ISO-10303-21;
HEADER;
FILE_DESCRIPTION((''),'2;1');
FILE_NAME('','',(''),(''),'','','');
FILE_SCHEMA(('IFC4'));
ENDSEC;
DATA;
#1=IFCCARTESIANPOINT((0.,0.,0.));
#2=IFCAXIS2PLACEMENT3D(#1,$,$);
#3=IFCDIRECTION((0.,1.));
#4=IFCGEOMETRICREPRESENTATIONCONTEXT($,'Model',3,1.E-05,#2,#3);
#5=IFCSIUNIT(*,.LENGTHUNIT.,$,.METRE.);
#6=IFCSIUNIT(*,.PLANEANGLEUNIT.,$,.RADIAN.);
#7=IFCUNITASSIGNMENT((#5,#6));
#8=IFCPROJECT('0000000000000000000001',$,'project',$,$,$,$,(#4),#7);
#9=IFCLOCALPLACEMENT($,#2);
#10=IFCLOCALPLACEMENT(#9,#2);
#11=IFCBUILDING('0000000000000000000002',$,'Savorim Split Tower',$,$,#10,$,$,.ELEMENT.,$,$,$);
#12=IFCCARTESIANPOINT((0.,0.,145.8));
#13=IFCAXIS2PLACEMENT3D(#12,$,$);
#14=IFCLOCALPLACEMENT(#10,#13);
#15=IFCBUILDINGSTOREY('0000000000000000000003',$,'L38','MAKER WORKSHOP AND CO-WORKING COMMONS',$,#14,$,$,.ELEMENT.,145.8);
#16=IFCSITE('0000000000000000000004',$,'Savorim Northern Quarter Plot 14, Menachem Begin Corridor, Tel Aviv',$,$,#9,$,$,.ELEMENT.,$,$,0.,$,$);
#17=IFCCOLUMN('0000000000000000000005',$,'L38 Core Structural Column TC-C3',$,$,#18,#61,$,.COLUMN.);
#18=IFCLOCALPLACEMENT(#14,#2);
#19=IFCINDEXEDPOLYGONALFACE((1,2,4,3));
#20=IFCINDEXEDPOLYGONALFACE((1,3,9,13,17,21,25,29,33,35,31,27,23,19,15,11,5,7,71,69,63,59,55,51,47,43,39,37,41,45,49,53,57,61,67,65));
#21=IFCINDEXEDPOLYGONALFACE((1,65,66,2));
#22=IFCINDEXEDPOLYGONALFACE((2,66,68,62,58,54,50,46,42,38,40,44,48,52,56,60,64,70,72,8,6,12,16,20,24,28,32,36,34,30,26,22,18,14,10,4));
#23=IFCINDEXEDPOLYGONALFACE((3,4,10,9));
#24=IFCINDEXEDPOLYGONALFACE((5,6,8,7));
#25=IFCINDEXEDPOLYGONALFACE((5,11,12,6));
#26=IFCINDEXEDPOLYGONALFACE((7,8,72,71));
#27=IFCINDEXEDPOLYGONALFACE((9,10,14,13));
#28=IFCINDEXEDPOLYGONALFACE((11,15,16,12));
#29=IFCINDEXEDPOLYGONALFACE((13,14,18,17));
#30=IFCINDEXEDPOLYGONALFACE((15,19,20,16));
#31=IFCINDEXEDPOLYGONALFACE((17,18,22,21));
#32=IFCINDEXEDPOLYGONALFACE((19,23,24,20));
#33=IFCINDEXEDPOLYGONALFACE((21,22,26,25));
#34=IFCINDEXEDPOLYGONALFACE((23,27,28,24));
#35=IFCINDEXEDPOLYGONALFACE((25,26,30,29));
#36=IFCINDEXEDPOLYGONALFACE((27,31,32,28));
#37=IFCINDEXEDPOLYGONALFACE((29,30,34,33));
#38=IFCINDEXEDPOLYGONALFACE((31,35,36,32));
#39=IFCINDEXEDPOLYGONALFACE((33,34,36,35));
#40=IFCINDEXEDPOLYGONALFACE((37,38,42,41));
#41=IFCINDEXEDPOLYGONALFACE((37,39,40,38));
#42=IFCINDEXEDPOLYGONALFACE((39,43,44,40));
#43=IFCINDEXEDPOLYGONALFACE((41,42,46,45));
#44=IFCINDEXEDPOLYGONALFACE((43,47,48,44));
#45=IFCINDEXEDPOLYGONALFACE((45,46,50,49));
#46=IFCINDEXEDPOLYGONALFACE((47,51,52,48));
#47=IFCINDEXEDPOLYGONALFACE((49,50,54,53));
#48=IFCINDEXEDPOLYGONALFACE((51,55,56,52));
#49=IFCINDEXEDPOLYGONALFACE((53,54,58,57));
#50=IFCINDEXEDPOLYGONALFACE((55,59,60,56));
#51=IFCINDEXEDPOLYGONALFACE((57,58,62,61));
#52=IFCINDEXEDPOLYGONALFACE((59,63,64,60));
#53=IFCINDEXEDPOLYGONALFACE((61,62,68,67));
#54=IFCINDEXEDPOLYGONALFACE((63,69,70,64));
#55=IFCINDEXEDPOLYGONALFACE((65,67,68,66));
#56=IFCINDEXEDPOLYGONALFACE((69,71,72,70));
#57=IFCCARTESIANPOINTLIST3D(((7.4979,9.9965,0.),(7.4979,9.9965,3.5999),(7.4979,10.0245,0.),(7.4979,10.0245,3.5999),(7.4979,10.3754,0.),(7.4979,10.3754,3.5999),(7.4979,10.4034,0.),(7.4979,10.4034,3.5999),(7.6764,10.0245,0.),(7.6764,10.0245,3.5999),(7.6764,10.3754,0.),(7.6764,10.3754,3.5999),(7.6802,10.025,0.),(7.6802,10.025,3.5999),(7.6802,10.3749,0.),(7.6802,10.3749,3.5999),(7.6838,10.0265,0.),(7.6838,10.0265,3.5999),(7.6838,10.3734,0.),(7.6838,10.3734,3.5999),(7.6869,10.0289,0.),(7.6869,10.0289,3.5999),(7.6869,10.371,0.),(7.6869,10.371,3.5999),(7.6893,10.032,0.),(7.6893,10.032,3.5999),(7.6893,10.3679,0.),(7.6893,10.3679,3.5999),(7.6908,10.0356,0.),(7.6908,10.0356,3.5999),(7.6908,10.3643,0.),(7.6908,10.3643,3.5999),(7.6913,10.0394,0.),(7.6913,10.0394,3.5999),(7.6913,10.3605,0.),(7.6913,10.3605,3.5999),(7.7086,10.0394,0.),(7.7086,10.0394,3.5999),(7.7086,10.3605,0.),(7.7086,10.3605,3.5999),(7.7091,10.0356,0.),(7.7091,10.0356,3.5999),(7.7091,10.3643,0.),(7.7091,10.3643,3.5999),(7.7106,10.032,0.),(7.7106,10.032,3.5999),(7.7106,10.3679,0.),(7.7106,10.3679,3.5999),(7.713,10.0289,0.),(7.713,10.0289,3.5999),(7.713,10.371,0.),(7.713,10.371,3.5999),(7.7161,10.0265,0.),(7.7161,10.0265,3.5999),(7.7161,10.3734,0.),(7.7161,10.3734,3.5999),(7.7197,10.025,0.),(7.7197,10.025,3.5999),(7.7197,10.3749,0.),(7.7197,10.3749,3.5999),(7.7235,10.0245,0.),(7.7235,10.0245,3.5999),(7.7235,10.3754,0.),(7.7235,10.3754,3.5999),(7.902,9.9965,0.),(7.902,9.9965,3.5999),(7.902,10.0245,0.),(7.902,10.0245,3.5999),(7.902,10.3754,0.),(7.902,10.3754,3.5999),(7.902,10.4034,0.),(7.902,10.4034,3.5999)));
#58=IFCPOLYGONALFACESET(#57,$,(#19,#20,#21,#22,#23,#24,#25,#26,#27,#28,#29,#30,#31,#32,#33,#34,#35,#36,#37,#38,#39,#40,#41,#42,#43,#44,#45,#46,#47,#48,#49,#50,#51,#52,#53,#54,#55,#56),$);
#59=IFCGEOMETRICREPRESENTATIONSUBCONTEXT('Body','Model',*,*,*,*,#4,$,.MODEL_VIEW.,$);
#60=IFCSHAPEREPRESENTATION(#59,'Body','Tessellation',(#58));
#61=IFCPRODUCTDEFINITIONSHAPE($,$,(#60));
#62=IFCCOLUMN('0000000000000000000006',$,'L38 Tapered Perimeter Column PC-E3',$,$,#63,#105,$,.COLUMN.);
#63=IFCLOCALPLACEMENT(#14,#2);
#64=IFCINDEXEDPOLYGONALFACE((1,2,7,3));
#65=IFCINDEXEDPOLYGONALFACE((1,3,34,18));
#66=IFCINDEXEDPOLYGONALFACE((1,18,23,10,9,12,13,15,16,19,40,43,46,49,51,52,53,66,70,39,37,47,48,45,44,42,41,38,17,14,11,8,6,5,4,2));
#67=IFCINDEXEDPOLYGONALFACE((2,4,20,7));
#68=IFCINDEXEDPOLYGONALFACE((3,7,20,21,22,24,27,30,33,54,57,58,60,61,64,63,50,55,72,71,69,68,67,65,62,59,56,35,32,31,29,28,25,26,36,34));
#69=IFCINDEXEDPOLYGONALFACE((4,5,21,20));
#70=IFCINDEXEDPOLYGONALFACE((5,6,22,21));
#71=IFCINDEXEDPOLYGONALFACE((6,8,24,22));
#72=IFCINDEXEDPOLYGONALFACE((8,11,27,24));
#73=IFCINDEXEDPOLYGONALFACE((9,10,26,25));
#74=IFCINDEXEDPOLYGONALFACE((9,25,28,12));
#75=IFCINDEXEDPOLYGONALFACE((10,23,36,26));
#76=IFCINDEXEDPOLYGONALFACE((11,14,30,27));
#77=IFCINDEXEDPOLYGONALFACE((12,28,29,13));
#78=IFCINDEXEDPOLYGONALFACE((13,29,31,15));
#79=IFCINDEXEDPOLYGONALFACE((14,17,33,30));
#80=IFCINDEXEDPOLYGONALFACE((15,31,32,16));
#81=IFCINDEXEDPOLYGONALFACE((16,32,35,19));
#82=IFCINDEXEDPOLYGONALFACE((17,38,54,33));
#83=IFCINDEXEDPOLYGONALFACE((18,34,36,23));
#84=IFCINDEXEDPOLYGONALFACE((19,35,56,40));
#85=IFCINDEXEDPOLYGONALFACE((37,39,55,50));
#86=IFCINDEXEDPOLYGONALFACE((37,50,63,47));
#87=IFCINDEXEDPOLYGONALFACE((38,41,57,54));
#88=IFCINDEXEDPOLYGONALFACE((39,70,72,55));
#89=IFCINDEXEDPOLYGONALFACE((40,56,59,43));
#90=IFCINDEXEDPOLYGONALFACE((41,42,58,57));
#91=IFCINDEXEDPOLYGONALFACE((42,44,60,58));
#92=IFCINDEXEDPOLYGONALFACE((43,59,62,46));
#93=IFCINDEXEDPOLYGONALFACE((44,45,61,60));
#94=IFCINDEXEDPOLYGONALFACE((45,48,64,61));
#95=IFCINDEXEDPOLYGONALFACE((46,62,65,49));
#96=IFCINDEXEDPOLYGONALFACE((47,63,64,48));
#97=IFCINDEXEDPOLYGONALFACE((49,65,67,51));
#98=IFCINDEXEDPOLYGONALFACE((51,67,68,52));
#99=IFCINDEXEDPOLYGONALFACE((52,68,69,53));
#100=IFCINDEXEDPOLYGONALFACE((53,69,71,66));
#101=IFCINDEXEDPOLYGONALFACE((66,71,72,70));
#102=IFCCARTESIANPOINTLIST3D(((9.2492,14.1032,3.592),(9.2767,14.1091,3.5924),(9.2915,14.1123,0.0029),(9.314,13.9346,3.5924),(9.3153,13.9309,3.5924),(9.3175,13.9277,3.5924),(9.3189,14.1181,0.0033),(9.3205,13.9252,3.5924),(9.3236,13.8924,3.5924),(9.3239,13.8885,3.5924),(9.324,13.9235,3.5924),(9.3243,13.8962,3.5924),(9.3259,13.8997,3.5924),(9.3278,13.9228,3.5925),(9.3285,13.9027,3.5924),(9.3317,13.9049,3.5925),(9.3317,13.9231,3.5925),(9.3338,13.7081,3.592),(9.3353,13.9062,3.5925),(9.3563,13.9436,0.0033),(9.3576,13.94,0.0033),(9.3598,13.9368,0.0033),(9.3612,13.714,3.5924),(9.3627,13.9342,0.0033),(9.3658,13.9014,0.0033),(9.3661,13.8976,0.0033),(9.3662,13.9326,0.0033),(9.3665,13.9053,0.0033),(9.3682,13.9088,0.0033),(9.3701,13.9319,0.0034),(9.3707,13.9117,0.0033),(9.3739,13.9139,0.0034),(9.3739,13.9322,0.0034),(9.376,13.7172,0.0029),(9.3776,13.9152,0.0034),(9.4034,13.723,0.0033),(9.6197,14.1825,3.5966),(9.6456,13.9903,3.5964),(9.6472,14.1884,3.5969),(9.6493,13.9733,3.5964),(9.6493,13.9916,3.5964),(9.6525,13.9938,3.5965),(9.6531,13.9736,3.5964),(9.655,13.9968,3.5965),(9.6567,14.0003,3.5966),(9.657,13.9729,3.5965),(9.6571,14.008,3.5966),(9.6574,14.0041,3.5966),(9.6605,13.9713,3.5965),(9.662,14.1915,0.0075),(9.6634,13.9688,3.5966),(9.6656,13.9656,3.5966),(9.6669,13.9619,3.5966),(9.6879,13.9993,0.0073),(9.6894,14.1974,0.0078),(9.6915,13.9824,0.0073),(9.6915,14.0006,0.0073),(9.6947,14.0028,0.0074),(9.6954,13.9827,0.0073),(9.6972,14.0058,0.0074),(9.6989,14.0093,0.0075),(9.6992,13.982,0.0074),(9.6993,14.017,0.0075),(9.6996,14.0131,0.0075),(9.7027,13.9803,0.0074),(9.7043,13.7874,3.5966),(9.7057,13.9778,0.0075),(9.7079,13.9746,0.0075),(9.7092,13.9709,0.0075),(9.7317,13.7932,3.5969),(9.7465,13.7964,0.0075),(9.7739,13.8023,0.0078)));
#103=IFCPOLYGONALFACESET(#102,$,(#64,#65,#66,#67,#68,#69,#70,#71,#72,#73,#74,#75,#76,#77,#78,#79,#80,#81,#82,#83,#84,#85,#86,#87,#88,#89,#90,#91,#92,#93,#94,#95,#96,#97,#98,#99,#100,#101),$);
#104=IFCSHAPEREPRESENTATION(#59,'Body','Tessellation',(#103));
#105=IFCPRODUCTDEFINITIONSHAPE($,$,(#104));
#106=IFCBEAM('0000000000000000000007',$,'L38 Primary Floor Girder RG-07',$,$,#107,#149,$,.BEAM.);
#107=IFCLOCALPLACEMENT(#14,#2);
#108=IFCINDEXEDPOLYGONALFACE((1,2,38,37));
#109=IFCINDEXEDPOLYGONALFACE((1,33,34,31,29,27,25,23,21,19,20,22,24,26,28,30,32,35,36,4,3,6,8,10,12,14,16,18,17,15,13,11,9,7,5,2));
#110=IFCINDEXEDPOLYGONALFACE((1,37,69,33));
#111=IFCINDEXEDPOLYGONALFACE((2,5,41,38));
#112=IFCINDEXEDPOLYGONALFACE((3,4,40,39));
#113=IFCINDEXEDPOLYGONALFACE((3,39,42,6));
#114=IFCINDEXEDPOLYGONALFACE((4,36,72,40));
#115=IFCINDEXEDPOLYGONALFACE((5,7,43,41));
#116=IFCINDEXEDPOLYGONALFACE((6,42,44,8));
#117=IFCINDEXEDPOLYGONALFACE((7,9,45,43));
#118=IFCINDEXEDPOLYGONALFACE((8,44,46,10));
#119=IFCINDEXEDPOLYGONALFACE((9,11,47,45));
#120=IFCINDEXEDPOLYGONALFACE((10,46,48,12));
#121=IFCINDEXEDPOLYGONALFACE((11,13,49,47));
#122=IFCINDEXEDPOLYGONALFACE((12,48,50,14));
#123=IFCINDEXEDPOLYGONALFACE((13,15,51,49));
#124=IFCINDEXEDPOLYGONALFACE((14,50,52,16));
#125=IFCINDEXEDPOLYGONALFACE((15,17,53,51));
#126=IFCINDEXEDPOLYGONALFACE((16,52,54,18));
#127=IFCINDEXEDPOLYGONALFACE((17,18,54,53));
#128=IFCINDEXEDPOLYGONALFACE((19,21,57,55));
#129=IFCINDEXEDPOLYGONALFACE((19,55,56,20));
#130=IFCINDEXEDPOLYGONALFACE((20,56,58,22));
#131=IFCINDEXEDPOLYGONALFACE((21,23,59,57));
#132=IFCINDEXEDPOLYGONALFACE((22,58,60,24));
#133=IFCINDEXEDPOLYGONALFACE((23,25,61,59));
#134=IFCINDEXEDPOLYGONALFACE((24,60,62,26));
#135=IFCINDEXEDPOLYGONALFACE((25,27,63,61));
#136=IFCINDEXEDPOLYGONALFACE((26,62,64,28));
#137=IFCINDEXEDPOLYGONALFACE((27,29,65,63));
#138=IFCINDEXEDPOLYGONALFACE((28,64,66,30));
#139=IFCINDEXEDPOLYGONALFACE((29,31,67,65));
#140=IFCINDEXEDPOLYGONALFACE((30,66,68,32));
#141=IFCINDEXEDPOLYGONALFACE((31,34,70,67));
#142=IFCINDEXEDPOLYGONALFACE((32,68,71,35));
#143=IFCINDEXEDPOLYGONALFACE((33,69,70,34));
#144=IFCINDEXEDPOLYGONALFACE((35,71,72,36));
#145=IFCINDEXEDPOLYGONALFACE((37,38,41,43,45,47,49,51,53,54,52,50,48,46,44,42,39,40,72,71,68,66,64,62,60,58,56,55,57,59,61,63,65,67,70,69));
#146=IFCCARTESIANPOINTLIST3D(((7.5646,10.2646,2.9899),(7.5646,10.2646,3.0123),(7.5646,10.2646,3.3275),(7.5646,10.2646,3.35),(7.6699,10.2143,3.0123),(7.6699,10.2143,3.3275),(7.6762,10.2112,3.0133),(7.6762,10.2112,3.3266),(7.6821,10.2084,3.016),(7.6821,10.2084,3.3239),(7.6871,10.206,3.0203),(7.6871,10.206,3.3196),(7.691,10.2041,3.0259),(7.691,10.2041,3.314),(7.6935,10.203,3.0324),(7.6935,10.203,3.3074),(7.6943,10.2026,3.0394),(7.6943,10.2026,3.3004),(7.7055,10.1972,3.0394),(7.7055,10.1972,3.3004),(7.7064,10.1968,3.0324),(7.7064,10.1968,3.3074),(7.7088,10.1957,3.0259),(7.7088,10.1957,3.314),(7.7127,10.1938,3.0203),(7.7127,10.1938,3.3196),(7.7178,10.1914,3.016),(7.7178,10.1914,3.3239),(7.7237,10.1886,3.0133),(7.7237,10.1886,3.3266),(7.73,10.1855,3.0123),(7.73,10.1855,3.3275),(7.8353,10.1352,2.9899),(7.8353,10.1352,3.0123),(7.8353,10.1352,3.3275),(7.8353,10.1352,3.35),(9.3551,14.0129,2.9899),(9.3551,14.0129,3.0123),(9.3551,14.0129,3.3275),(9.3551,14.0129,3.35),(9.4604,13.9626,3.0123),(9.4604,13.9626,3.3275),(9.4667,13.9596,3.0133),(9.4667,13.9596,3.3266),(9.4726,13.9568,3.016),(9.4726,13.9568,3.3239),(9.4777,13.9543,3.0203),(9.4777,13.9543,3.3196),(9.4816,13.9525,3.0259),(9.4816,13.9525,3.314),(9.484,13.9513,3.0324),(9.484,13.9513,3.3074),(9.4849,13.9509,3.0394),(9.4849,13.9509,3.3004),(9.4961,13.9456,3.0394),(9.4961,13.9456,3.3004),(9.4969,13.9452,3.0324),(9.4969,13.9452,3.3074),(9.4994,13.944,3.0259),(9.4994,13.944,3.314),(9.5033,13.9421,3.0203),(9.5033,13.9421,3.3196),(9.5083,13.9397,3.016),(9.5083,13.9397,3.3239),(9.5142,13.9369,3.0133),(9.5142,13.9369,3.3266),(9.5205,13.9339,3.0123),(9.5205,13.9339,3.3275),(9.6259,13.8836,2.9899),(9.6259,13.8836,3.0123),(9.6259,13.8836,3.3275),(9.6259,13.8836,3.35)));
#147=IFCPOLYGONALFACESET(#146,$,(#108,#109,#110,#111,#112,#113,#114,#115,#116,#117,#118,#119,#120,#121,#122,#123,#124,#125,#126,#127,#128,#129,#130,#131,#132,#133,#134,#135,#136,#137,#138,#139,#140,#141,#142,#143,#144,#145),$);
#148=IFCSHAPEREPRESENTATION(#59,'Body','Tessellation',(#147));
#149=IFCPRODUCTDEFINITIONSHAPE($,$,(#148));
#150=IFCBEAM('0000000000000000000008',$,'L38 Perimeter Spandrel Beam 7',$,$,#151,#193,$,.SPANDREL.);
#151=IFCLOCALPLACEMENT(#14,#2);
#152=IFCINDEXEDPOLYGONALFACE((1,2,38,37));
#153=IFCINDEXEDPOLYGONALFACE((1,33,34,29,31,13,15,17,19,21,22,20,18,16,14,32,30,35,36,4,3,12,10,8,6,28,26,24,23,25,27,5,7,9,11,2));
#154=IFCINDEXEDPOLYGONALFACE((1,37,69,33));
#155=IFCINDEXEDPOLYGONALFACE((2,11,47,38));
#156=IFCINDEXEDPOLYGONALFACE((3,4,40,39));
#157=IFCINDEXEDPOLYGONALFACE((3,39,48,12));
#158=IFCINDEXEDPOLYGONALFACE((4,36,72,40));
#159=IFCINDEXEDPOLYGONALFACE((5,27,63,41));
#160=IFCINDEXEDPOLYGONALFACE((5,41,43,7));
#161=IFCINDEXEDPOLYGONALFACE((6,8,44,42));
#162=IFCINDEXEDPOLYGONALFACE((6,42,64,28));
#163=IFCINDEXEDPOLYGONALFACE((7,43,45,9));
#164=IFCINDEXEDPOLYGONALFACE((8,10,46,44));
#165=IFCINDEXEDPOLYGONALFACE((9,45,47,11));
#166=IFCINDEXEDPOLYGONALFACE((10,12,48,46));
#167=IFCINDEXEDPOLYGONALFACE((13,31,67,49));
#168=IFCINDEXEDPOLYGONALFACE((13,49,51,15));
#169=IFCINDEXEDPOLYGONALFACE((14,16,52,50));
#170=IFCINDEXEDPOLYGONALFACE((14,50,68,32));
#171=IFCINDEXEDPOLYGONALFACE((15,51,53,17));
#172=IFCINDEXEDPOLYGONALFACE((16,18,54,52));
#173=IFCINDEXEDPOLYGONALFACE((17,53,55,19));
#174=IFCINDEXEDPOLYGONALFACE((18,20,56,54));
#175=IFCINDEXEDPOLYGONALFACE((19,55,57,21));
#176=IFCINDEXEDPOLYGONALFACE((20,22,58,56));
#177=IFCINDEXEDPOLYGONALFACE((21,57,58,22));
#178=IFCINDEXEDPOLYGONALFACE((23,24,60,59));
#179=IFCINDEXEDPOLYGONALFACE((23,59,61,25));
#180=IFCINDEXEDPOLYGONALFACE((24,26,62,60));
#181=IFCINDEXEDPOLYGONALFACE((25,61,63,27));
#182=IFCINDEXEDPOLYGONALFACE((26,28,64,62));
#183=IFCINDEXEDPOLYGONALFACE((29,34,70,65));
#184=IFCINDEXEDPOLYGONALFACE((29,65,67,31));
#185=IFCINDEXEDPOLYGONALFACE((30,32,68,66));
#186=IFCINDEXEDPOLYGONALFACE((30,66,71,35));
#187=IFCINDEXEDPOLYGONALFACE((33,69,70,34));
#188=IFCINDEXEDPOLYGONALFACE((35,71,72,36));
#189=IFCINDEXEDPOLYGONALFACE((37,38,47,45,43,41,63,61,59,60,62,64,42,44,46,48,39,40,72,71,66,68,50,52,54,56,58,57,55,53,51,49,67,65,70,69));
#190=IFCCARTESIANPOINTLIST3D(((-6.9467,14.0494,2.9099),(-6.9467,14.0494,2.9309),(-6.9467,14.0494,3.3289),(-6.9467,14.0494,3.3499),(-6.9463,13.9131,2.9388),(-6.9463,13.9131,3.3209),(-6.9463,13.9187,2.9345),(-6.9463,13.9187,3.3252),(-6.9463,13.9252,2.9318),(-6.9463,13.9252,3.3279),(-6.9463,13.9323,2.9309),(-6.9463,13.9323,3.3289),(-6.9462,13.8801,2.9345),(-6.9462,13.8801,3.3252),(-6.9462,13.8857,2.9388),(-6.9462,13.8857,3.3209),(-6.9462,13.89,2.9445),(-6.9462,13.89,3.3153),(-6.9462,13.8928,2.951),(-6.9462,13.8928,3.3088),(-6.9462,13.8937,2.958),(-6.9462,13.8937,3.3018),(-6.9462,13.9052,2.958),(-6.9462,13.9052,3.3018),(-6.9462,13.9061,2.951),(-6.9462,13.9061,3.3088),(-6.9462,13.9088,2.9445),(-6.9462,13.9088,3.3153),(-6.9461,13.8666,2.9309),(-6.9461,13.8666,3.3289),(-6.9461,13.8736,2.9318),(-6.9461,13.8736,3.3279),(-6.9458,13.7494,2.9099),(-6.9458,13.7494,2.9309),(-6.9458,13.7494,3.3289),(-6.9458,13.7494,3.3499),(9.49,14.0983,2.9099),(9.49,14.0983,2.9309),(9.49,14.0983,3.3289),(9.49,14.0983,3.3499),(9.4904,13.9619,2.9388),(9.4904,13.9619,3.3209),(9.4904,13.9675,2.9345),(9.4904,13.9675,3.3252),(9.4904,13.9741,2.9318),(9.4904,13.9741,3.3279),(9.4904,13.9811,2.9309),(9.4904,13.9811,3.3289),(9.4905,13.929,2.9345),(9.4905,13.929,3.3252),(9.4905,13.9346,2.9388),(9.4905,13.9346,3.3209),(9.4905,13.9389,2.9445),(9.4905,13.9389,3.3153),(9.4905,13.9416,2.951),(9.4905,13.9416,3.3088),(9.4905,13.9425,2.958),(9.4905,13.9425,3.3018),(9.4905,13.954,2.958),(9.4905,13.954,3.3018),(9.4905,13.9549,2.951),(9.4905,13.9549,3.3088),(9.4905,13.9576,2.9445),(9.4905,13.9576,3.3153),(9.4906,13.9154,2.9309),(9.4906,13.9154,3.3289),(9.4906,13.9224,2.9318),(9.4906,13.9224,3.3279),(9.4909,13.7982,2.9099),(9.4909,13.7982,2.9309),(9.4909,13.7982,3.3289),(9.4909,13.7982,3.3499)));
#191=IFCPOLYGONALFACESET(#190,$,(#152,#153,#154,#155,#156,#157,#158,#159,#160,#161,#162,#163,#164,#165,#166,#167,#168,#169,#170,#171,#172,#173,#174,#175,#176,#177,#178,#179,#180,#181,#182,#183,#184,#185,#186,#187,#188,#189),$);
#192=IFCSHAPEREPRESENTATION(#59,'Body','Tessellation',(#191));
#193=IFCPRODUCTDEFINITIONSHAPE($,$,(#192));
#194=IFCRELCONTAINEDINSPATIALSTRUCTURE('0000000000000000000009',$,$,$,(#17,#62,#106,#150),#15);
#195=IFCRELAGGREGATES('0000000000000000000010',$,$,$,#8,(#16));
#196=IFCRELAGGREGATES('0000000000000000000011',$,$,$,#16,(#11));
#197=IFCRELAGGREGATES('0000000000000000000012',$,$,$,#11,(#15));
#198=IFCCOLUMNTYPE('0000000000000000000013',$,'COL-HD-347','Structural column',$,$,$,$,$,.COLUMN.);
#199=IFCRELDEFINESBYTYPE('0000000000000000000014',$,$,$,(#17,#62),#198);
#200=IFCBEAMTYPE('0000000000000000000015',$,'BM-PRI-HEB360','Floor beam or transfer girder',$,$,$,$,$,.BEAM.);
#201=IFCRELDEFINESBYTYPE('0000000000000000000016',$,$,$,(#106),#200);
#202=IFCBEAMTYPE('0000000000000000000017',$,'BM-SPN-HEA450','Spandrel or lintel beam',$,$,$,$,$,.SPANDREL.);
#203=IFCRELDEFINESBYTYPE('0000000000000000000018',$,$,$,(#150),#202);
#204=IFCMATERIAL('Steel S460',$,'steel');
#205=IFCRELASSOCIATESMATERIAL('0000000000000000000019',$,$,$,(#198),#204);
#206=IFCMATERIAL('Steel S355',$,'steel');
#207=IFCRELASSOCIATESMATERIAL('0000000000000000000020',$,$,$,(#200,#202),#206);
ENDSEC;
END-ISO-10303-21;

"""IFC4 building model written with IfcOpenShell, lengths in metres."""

from ifc_helpers import new_model, si_unit, direction, frame, origin, origin_2d, place, context, subcontext, project, spatial, i_section, extrude, material, material_profile, profile_set, type_object, element, save


model = new_model("IFC4")

# Units and contexts
model_context = context("Model", 3, precision=1e-05, world=origin(), true_north=direction((0.0, 1.0)))
body_context = subcontext(model_context, "Body", "Model", "MODEL_VIEW")
ifc_project = project(units=[si_unit("LENGTHUNIT", "METRE"), si_unit("PLANEANGLEUNIT", "RADIAN")], contexts=[model_context])

# Site, building, storey
site_placement = place(None, origin())
site = spatial("IfcSite", under=ifc_project, at=site_placement, Name="Savorim Northern Quarter Plot 14, Menachem Begin Corridor, Tel Aviv", CompositionType="ELEMENT", RefElevation=0.0)
building_placement = place(site_placement, origin())
building = spatial("IfcBuilding", under=site, at=building_placement, Name="Savorim Split Tower", CompositionType="ELEMENT")
storey_placement = place(building_placement, frame((0.0, 0.0, 145.8)))
storey = spatial("IfcBuildingStorey", under=building, at=storey_placement, Name="L38", Description="MAKER WORKSHOP AND CO-WORKING COMMONS", CompositionType="ELEMENT", Elevation=145.8)

# Columns
ifc_material_1 = material(Name="Steel S460", Category="steel")
ifc_material_profile_1 = material_profile(ifc_material_1, i_section(OverallWidth=0.4041, OverallDepth=0.407, WebThickness=0.0173, FlangeThickness=0.0281, FilletRadius=0.0149, at=origin_2d()), Name="HD 400x347")
ifc_profile_set_1 = profile_set([ifc_material_profile_1], Name="Steel S460")
column_type = type_object("IfcColumnType", Name="COL-HD-347", Description="Structural column", PredefinedType="COLUMN", material=ifc_profile_set_1)
column_1_placement = place(storey_placement, frame((7.7, 10.2, 0.0), z_axis=(0.0, 0.0, 1.0), x_axis=(1.0, 0.0, 0.0)))
element("IfcColumn", 1, at=column_1_placement, inside=storey, type_object=column_type, Name="L38 Core Structural Column TC-C3", PredefinedType="COLUMN", context=body_context, shape_type="SweptSolid", body=[
    extrude(i_section(OverallWidth=0.4041, OverallDepth=0.407, WebThickness=0.0173, FlangeThickness=0.0281, FilletRadius=0.0149, at=origin_2d()), origin(), (0.0, 0.0, 1.0), 3.5999),
])
column_2_placement = place(storey_placement, frame((9.5327, 13.9573, 0.0054), z_axis=(-0.011767, -0.002517, 0.999928), x_axis=(0.209143, -0.977885, 0.0)))
element("IfcColumn", 2, at=column_2_placement, inside=storey, type_object=column_type, Name="L38 Tapered Perimeter Column PC-E3", PredefinedType="COLUMN", context=body_context, shape_type="SweptSolid", body=[
    extrude(i_section(OverallWidth=0.4041, OverallDepth=0.407, WebThickness=0.0173, FlangeThickness=0.0281, FilletRadius=0.0149, at=origin_2d()), origin(), (0.0, 0.0, 1.0), 3.5894),
])

# Beams
ifc_material_2 = material(Name="Steel S355", Category="steel")
ifc_material_profile_2 = material_profile(ifc_material_2, i_section(OverallWidth=0.3, OverallDepth=0.3601, WebThickness=0.0125, FlangeThickness=0.0225, FilletRadius=0.0271, at=origin_2d()), Name="HEB 360")
ifc_profile_set_2 = profile_set([ifc_material_profile_2], Name="Steel S355")
beam_type_1 = type_object("IfcBeamType", Name="BM-PRI-HEB360", Description="Floor beam or transfer girder", PredefinedType="BEAM", material=ifc_profile_set_2)
beam_1_placement = place(storey_placement, frame((9.4905, 13.9482, 3.1699), z_axis=(-0.431037, -0.902334, 0.0), x_axis=(0.902334, -0.431037, 0.0)))
element("IfcBeam", 3, at=beam_1_placement, inside=storey, type_object=beam_type_1, Name="L38 Primary Floor Girder RG-07", PredefinedType="BEAM", context=body_context, shape_type="SweptSolid", body=[
    extrude(i_section(OverallWidth=0.3, OverallDepth=0.3601, WebThickness=0.0125, FlangeThickness=0.0225, FilletRadius=0.0271, at=origin_2d()), origin(), (0.0, 0.0, 1.0), 4.1541),
])
ifc_material_profile_3 = material_profile(ifc_material_2, i_section(OverallWidth=0.3, OverallDepth=0.4399, WebThickness=0.0115, FlangeThickness=0.021, FilletRadius=0.0271, at=origin_2d()), Name="HEA 450")
ifc_profile_set_3 = profile_set([ifc_material_profile_3], Name="Steel S355")
beam_type_2 = type_object("IfcBeamType", Name="BM-SPN-HEA450", Description="Spandrel or lintel beam", PredefinedType="SPANDREL", material=ifc_profile_set_3)
beam_2_placement = place(storey_placement, frame((9.4905, 13.9482, 3.1299), z_axis=(-0.999996, -0.002971, 0.0), x_axis=(0.002971, -0.999996, 0.0)))
element("IfcBeam", 4, at=beam_2_placement, inside=storey, type_object=beam_type_2, Name="L38 Perimeter Spandrel Beam 7", PredefinedType="SPANDREL", context=body_context, shape_type="SweptSolid", body=[
    extrude(i_section(OverallWidth=0.3, OverallDepth=0.4399, WebThickness=0.0115, FlangeThickness=0.021, FilletRadius=0.0271, at=origin_2d()), origin(), (0.0, 0.0, 1.0), 16.4368),
])

save(model, "model.ifc")
